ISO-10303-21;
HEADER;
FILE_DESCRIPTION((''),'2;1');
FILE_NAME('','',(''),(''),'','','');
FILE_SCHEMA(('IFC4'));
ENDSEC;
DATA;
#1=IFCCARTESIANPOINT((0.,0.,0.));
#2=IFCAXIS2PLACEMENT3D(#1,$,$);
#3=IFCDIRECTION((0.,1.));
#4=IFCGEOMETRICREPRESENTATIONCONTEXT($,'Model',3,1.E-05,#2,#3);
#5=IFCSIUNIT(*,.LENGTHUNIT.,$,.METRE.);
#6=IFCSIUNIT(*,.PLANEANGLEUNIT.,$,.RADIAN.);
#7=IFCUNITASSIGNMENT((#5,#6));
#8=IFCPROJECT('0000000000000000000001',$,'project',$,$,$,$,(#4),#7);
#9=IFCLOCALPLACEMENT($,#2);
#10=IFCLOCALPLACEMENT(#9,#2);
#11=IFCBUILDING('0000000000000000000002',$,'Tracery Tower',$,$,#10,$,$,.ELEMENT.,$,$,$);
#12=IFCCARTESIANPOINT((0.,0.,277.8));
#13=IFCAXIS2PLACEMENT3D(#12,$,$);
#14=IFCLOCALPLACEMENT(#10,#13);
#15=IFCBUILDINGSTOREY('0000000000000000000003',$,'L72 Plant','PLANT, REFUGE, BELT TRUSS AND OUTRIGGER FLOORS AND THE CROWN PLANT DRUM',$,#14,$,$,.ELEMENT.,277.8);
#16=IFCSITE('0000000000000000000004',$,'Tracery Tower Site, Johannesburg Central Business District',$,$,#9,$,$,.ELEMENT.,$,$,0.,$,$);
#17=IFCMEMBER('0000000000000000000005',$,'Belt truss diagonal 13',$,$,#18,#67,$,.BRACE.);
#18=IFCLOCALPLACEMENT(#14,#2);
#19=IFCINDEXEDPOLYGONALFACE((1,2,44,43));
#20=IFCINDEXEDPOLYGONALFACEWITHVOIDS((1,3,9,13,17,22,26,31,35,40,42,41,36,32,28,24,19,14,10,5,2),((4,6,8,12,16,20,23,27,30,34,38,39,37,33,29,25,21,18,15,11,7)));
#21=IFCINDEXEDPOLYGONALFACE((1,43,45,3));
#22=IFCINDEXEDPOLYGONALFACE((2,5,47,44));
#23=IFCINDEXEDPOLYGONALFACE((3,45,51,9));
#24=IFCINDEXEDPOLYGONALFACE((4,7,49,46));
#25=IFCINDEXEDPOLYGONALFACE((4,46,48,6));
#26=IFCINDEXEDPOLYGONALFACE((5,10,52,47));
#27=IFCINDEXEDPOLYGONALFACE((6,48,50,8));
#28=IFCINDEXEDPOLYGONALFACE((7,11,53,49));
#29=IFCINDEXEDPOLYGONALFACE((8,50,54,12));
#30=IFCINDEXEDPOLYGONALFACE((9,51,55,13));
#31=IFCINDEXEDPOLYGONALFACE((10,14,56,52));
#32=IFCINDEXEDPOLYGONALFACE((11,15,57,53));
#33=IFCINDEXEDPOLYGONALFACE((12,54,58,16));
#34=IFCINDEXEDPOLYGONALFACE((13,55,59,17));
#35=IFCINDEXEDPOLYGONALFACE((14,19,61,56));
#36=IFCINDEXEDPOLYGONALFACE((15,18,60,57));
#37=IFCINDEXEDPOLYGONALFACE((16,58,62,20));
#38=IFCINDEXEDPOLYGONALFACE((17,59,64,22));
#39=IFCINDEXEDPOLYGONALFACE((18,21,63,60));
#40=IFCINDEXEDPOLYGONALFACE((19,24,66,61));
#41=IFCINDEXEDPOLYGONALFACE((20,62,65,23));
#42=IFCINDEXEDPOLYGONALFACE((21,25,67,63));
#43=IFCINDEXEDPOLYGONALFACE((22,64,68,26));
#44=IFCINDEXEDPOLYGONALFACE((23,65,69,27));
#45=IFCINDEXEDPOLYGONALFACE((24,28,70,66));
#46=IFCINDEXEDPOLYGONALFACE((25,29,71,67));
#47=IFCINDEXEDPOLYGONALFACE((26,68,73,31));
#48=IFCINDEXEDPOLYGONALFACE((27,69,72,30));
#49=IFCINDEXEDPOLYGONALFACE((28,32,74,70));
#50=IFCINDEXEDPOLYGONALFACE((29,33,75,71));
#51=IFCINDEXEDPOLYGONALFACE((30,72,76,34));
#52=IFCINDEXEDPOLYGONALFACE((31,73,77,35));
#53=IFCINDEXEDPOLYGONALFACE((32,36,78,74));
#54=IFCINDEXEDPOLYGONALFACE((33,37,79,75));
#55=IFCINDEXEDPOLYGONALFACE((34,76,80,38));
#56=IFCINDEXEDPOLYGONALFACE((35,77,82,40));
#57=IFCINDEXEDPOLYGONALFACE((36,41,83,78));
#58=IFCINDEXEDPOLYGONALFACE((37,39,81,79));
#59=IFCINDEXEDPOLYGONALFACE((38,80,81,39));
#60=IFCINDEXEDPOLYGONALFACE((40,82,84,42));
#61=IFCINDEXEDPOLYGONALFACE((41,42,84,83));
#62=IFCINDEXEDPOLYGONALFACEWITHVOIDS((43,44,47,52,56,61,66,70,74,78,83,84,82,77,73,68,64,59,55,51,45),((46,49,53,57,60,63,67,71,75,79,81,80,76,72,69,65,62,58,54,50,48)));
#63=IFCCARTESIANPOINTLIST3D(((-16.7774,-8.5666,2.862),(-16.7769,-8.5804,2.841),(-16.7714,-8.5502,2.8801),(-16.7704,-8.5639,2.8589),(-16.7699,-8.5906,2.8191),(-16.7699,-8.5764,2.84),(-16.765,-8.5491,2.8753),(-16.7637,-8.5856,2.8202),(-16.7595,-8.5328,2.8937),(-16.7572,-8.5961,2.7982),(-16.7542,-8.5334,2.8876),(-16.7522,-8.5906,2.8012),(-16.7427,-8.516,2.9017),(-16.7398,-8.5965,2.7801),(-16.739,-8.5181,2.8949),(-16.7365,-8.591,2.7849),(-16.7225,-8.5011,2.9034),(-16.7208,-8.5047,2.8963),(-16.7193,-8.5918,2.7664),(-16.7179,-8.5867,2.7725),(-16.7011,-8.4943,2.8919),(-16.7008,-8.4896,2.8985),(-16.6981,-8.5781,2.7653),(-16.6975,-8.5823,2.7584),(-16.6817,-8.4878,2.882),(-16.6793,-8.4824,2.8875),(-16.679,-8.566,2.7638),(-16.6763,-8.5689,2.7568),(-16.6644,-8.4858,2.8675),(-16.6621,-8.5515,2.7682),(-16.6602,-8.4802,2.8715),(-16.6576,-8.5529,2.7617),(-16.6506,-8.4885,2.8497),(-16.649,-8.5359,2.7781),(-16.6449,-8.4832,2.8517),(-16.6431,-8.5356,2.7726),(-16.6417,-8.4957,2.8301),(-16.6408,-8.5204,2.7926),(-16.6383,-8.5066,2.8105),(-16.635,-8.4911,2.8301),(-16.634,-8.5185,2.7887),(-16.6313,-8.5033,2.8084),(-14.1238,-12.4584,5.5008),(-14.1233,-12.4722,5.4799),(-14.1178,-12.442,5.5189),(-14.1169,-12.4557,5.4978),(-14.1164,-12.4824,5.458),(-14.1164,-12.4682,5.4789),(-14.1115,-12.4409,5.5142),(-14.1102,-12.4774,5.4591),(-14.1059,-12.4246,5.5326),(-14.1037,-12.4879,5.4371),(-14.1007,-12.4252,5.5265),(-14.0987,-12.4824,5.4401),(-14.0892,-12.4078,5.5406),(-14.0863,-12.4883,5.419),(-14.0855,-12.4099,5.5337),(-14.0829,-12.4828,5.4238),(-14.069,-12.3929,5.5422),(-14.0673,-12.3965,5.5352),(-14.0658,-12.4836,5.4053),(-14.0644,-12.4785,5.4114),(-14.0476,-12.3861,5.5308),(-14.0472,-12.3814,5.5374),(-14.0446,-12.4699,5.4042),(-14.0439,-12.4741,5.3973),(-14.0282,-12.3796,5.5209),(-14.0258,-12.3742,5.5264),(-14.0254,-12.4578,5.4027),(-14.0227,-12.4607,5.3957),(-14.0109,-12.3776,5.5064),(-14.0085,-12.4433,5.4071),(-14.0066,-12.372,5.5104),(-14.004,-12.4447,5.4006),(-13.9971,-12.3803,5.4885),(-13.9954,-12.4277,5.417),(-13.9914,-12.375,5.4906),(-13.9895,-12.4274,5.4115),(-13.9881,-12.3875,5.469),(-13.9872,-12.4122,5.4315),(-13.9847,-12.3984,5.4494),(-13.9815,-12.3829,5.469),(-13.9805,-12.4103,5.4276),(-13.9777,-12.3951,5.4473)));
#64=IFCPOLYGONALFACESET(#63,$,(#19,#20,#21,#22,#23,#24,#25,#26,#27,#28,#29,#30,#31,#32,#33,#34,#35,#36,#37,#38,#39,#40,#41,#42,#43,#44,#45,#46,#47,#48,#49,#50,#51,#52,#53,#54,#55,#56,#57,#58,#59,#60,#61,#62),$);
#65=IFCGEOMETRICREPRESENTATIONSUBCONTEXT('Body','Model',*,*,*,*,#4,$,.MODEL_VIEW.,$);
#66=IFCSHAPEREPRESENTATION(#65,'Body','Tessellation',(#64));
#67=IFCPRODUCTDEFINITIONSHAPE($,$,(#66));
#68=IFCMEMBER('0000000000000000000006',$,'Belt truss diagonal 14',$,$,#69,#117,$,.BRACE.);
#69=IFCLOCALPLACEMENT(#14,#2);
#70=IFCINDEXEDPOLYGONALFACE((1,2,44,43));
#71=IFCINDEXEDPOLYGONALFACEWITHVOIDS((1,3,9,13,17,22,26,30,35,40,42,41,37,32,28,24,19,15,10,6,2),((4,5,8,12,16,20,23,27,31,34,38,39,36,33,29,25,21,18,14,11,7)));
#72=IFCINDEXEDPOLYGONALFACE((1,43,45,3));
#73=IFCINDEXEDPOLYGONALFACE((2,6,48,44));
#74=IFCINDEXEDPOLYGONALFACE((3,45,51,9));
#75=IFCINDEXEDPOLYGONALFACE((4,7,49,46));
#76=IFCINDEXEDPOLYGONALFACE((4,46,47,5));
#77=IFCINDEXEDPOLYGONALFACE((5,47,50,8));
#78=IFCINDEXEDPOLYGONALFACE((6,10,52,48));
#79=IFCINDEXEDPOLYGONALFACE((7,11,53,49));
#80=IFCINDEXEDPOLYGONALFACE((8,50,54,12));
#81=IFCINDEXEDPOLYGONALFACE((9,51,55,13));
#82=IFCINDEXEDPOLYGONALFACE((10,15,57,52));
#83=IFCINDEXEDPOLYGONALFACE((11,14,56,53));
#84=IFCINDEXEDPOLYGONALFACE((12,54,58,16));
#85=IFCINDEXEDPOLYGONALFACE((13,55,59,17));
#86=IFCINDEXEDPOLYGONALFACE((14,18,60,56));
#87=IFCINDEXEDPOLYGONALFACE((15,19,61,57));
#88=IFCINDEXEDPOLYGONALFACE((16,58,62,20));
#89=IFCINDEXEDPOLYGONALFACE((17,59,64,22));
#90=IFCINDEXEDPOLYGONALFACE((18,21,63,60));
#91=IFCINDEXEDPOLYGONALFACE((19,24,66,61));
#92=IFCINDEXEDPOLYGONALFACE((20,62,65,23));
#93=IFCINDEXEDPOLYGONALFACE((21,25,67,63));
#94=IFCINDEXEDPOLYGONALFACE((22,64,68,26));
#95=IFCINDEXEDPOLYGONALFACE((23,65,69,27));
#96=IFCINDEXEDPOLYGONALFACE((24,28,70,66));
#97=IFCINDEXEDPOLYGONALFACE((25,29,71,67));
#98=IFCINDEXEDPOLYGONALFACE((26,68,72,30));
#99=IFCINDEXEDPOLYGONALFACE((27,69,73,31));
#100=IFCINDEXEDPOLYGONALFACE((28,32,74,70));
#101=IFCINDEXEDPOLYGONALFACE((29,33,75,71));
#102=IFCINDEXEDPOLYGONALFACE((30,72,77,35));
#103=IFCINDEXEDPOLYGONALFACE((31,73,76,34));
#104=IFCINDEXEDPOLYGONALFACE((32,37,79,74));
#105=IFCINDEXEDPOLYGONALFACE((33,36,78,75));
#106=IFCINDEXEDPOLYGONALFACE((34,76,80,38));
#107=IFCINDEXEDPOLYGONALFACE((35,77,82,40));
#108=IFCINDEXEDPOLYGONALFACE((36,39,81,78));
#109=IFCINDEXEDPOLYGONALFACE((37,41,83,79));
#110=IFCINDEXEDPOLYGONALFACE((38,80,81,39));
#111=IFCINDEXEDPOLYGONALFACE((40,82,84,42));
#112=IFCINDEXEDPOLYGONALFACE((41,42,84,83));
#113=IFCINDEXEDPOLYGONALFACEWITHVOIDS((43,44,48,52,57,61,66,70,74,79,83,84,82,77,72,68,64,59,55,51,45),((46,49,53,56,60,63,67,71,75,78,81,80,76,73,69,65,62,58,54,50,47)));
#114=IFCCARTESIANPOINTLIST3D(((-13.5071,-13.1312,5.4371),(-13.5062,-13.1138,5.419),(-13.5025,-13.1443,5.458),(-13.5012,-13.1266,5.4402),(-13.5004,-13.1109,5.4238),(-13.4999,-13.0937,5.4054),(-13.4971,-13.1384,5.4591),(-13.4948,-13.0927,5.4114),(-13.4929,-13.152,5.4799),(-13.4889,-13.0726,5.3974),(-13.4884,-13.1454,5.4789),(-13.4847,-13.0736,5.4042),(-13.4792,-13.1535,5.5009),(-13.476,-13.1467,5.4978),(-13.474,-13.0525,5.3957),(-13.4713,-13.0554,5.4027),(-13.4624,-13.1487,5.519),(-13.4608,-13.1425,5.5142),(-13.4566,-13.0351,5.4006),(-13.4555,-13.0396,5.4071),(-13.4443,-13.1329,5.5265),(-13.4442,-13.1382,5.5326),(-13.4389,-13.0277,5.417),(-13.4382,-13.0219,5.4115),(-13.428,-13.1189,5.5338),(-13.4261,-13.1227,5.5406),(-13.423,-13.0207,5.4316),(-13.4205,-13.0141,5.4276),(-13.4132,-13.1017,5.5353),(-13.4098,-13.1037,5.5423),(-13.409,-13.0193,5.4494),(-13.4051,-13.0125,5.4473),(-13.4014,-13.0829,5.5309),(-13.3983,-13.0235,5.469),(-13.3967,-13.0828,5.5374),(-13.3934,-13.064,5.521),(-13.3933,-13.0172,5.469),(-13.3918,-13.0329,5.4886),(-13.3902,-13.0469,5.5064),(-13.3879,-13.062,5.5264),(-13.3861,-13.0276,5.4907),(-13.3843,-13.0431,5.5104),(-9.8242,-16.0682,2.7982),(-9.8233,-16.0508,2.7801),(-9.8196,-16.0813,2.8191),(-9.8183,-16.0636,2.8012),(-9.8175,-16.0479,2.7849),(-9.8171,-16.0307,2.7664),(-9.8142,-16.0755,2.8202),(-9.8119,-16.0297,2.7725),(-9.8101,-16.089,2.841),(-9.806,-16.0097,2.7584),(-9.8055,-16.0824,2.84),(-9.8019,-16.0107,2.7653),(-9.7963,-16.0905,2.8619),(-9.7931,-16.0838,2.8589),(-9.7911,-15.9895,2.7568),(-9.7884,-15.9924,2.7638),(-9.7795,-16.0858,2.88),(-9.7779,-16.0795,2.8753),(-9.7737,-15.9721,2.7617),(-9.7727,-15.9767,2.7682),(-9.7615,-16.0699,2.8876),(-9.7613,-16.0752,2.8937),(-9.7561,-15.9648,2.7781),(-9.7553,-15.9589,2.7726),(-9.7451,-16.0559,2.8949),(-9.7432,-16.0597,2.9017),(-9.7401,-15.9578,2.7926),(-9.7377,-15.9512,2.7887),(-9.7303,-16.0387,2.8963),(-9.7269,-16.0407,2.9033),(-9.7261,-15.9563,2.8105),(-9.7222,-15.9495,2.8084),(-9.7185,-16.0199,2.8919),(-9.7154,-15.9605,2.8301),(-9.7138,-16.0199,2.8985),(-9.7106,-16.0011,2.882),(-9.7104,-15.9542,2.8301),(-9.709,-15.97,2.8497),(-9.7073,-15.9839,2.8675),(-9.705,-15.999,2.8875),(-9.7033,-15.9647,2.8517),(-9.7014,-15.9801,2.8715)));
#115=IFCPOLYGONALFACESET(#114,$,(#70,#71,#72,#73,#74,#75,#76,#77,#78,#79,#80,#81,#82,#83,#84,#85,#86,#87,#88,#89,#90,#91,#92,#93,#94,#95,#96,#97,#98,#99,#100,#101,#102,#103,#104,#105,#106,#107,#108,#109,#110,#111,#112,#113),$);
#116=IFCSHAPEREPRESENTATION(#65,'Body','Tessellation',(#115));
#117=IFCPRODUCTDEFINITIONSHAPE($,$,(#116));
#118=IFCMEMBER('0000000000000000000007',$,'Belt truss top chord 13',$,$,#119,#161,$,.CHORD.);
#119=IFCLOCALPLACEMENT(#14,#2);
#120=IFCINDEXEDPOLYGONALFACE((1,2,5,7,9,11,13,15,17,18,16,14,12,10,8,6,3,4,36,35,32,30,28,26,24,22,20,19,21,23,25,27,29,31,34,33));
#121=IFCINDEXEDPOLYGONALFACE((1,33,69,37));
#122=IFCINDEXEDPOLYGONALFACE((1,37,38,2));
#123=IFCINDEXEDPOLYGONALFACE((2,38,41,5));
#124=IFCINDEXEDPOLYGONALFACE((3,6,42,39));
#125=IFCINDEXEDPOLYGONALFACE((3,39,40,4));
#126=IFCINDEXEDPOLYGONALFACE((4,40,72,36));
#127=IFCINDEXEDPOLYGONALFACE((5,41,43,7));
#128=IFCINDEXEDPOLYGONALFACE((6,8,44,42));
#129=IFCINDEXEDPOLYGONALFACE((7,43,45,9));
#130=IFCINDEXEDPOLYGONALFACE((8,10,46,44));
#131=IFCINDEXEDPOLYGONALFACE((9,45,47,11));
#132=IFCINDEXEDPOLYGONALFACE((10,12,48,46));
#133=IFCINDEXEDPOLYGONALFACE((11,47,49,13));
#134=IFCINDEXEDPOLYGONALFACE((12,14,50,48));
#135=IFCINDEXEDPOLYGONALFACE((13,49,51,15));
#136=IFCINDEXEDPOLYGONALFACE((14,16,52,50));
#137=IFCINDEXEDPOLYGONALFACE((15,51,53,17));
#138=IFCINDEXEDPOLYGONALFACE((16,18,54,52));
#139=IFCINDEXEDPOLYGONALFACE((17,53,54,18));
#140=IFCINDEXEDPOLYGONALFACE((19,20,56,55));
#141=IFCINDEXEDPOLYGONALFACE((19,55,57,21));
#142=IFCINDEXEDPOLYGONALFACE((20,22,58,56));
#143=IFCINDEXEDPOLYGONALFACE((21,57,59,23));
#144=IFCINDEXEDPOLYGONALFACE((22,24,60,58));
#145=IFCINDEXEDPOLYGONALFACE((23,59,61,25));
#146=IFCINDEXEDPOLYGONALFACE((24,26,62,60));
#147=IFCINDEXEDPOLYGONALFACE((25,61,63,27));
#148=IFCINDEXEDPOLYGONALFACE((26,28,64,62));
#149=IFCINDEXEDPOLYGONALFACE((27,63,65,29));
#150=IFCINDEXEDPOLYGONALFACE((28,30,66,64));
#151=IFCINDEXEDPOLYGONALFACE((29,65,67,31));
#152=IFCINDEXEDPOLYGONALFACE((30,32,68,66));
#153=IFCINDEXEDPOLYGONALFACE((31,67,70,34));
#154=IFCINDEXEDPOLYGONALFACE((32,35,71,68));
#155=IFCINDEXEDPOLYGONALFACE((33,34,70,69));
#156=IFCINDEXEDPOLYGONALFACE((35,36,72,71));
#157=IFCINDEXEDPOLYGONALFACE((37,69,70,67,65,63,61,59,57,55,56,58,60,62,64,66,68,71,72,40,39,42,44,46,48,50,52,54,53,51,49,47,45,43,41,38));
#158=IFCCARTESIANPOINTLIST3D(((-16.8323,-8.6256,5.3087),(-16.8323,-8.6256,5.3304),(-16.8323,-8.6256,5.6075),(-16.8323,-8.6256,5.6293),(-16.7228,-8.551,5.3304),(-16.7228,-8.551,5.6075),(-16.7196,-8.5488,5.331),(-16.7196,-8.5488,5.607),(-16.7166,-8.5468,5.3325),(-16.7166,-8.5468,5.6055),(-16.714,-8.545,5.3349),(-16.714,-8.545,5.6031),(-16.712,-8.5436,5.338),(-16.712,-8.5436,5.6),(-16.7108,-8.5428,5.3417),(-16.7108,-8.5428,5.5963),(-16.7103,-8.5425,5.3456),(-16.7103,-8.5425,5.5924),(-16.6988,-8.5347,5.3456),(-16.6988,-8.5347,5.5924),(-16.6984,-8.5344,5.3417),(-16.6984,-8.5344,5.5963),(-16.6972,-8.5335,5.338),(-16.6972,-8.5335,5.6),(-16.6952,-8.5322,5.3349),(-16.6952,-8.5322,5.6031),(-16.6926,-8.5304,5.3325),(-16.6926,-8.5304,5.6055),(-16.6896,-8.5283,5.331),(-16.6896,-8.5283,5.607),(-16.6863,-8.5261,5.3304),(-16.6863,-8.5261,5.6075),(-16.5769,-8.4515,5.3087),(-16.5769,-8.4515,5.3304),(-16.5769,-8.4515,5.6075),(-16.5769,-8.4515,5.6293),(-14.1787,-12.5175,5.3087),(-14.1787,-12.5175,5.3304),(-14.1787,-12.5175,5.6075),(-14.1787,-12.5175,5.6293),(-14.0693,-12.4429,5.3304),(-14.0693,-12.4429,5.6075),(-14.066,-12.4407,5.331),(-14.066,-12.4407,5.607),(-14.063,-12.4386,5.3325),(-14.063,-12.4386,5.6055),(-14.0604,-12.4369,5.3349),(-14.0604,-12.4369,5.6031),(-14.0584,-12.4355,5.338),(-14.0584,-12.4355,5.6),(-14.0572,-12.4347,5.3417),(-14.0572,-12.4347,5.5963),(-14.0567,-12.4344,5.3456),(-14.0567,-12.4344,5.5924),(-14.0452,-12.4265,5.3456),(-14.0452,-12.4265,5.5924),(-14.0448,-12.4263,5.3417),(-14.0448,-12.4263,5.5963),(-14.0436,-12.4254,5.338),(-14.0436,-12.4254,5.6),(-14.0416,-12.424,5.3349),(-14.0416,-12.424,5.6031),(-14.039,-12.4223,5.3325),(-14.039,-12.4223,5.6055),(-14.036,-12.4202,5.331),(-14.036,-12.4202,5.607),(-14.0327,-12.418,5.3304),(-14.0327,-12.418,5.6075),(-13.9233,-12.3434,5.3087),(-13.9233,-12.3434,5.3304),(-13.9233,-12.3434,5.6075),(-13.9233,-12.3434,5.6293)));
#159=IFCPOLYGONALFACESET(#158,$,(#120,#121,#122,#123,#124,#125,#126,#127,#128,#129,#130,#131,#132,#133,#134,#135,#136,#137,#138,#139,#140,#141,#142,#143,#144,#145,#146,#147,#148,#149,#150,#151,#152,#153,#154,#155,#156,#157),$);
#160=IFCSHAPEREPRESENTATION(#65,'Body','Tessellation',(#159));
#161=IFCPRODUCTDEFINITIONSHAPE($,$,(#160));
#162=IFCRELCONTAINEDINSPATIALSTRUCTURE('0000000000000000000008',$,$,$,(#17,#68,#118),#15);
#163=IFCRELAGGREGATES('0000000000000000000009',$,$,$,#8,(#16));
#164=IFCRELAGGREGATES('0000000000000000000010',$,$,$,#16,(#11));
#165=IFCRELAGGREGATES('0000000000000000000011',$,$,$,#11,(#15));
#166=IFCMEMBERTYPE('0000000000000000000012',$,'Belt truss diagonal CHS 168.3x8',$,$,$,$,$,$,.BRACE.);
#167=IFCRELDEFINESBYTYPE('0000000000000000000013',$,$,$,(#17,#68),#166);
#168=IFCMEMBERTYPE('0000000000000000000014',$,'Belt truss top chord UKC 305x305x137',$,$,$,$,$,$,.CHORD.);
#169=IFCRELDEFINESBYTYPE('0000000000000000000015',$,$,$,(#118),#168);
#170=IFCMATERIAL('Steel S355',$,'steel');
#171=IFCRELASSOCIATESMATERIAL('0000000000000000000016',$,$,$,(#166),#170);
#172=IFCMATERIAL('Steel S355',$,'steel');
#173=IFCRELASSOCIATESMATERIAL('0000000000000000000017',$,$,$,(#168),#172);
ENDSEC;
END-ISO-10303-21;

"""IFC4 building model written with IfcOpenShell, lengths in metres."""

from ifc_helpers import new_model, si_unit, direction, frame, origin, origin_2d, place, context, subcontext, project, spatial, hollow_circle, i_section, extrude, material, material_profile, profile_set, type_object, element, save


model = new_model("IFC4")

# Units and contexts
model_context = context("Model", 3, precision=1e-05, world=origin(), true_north=direction((0.0, 1.0)))
body_context = subcontext(model_context, "Body", "Model", "MODEL_VIEW")
ifc_project = project(units=[si_unit("LENGTHUNIT", "METRE"), si_unit("PLANEANGLEUNIT", "RADIAN")], contexts=[model_context])

# Site, building, storey
site_placement = place(None, origin())
site = spatial("IfcSite", under=ifc_project, at=site_placement, Name="Tracery Tower Site, Johannesburg Central Business District", CompositionType="ELEMENT", RefElevation=0.0)
building_placement = place(site_placement, origin())
building = spatial("IfcBuilding", under=site, at=building_placement, Name="Tracery Tower", CompositionType="ELEMENT")
storey_placement = place(building_placement, frame((0.0, 0.0, 277.8)))
storey = spatial("IfcBuildingStorey", under=building, at=storey_placement, Name="L72 Plant", Description="PLANT, REFUGE, BELT TRUSS AND OUTRIGGER FLOORS AND THE CROWN PLANT DRUM", CompositionType="ELEMENT", Elevation=277.8)

# Members
ifc_material_1 = material(Name="Steel S355", Category="steel")
ifc_material_profile_1 = material_profile(ifc_material_1, hollow_circle(Radius=0.0842, WallThickness=0.0081, at=origin_2d()), Name="CHS 168.3x8")
ifc_profile_set_1 = profile_set([ifc_material_profile_1], Name="Steel S355")
member_type_1 = type_object("IfcMemberType", Name="Belt truss diagonal CHS 168.3x8", PredefinedType="BRACE", material=ifc_profile_set_1)
member_1_placement = place(storey_placement, frame((-16.7046, -8.5386, 2.8301), z_axis=(0.49147, -0.720814, 0.488757), x_axis=(0.826224, 0.563342, 0.0)))
element("IfcMember", 1, at=member_1_placement, inside=storey, type_object=member_type_1, Name="Belt truss diagonal 13", PredefinedType="BRACE", context=body_context, shape_type="SweptSolid", body=[
    extrude(hollow_circle(Radius=0.0842, WallThickness=0.0081, at=origin_2d()), origin(), (0.0, 0.0, 1.0), 5.3992),
])
member_2_placement = place(storey_placement, frame((-13.4458, -13.083, 5.469), z_axis=(0.682089, -0.543953, -0.488744), x_axis=(0.623493, 0.781829, 0.0)))
element("IfcMember", 2, at=member_2_placement, inside=storey, type_object=member_type_1, Name="Belt truss diagonal 14", PredefinedType="BRACE", context=body_context, shape_type="SweptSolid", body=[
    extrude(hollow_circle(Radius=0.0842, WallThickness=0.0081, at=origin_2d()), origin(), (0.0, 0.0, 1.0), 5.3994),
])
ifc_material_2 = material(Name="Steel S355", Category="steel")
ifc_material_profile_2 = material_profile(ifc_material_2, i_section(OverallWidth=0.3091, OverallDepth=0.3206, WebThickness=0.0139, FlangeThickness=0.0217, FilletRadius=0.0151, at=origin_2d()), Name="UKC 305x305x137")
ifc_profile_set_2 = profile_set([ifc_material_profile_2], Name="Steel S355")
member_type_2 = type_object("IfcMemberType", Name="Belt truss top chord UKC 305x305x137", PredefinedType="CHORD", material=ifc_profile_set_2)
member_3_placement = place(storey_placement, frame((-16.7046, -8.5386, 5.469), z_axis=(0.563342, -0.826224, 0.0), x_axis=(0.826224, 0.563342, 0.0)))
element("IfcMember", 3, at=member_3_placement, inside=storey, type_object=member_type_2, Name="Belt truss top chord 13", PredefinedType="CHORD", context=body_context, shape_type="SweptSolid", body=[
    extrude(i_section(OverallWidth=0.3091, OverallDepth=0.3206, WebThickness=0.0139, FlangeThickness=0.0217, FilletRadius=0.0151, at=origin_2d()), origin(), (0.0, 0.0, 1.0), 4.7104),
])

save(model, "model.ifc")
